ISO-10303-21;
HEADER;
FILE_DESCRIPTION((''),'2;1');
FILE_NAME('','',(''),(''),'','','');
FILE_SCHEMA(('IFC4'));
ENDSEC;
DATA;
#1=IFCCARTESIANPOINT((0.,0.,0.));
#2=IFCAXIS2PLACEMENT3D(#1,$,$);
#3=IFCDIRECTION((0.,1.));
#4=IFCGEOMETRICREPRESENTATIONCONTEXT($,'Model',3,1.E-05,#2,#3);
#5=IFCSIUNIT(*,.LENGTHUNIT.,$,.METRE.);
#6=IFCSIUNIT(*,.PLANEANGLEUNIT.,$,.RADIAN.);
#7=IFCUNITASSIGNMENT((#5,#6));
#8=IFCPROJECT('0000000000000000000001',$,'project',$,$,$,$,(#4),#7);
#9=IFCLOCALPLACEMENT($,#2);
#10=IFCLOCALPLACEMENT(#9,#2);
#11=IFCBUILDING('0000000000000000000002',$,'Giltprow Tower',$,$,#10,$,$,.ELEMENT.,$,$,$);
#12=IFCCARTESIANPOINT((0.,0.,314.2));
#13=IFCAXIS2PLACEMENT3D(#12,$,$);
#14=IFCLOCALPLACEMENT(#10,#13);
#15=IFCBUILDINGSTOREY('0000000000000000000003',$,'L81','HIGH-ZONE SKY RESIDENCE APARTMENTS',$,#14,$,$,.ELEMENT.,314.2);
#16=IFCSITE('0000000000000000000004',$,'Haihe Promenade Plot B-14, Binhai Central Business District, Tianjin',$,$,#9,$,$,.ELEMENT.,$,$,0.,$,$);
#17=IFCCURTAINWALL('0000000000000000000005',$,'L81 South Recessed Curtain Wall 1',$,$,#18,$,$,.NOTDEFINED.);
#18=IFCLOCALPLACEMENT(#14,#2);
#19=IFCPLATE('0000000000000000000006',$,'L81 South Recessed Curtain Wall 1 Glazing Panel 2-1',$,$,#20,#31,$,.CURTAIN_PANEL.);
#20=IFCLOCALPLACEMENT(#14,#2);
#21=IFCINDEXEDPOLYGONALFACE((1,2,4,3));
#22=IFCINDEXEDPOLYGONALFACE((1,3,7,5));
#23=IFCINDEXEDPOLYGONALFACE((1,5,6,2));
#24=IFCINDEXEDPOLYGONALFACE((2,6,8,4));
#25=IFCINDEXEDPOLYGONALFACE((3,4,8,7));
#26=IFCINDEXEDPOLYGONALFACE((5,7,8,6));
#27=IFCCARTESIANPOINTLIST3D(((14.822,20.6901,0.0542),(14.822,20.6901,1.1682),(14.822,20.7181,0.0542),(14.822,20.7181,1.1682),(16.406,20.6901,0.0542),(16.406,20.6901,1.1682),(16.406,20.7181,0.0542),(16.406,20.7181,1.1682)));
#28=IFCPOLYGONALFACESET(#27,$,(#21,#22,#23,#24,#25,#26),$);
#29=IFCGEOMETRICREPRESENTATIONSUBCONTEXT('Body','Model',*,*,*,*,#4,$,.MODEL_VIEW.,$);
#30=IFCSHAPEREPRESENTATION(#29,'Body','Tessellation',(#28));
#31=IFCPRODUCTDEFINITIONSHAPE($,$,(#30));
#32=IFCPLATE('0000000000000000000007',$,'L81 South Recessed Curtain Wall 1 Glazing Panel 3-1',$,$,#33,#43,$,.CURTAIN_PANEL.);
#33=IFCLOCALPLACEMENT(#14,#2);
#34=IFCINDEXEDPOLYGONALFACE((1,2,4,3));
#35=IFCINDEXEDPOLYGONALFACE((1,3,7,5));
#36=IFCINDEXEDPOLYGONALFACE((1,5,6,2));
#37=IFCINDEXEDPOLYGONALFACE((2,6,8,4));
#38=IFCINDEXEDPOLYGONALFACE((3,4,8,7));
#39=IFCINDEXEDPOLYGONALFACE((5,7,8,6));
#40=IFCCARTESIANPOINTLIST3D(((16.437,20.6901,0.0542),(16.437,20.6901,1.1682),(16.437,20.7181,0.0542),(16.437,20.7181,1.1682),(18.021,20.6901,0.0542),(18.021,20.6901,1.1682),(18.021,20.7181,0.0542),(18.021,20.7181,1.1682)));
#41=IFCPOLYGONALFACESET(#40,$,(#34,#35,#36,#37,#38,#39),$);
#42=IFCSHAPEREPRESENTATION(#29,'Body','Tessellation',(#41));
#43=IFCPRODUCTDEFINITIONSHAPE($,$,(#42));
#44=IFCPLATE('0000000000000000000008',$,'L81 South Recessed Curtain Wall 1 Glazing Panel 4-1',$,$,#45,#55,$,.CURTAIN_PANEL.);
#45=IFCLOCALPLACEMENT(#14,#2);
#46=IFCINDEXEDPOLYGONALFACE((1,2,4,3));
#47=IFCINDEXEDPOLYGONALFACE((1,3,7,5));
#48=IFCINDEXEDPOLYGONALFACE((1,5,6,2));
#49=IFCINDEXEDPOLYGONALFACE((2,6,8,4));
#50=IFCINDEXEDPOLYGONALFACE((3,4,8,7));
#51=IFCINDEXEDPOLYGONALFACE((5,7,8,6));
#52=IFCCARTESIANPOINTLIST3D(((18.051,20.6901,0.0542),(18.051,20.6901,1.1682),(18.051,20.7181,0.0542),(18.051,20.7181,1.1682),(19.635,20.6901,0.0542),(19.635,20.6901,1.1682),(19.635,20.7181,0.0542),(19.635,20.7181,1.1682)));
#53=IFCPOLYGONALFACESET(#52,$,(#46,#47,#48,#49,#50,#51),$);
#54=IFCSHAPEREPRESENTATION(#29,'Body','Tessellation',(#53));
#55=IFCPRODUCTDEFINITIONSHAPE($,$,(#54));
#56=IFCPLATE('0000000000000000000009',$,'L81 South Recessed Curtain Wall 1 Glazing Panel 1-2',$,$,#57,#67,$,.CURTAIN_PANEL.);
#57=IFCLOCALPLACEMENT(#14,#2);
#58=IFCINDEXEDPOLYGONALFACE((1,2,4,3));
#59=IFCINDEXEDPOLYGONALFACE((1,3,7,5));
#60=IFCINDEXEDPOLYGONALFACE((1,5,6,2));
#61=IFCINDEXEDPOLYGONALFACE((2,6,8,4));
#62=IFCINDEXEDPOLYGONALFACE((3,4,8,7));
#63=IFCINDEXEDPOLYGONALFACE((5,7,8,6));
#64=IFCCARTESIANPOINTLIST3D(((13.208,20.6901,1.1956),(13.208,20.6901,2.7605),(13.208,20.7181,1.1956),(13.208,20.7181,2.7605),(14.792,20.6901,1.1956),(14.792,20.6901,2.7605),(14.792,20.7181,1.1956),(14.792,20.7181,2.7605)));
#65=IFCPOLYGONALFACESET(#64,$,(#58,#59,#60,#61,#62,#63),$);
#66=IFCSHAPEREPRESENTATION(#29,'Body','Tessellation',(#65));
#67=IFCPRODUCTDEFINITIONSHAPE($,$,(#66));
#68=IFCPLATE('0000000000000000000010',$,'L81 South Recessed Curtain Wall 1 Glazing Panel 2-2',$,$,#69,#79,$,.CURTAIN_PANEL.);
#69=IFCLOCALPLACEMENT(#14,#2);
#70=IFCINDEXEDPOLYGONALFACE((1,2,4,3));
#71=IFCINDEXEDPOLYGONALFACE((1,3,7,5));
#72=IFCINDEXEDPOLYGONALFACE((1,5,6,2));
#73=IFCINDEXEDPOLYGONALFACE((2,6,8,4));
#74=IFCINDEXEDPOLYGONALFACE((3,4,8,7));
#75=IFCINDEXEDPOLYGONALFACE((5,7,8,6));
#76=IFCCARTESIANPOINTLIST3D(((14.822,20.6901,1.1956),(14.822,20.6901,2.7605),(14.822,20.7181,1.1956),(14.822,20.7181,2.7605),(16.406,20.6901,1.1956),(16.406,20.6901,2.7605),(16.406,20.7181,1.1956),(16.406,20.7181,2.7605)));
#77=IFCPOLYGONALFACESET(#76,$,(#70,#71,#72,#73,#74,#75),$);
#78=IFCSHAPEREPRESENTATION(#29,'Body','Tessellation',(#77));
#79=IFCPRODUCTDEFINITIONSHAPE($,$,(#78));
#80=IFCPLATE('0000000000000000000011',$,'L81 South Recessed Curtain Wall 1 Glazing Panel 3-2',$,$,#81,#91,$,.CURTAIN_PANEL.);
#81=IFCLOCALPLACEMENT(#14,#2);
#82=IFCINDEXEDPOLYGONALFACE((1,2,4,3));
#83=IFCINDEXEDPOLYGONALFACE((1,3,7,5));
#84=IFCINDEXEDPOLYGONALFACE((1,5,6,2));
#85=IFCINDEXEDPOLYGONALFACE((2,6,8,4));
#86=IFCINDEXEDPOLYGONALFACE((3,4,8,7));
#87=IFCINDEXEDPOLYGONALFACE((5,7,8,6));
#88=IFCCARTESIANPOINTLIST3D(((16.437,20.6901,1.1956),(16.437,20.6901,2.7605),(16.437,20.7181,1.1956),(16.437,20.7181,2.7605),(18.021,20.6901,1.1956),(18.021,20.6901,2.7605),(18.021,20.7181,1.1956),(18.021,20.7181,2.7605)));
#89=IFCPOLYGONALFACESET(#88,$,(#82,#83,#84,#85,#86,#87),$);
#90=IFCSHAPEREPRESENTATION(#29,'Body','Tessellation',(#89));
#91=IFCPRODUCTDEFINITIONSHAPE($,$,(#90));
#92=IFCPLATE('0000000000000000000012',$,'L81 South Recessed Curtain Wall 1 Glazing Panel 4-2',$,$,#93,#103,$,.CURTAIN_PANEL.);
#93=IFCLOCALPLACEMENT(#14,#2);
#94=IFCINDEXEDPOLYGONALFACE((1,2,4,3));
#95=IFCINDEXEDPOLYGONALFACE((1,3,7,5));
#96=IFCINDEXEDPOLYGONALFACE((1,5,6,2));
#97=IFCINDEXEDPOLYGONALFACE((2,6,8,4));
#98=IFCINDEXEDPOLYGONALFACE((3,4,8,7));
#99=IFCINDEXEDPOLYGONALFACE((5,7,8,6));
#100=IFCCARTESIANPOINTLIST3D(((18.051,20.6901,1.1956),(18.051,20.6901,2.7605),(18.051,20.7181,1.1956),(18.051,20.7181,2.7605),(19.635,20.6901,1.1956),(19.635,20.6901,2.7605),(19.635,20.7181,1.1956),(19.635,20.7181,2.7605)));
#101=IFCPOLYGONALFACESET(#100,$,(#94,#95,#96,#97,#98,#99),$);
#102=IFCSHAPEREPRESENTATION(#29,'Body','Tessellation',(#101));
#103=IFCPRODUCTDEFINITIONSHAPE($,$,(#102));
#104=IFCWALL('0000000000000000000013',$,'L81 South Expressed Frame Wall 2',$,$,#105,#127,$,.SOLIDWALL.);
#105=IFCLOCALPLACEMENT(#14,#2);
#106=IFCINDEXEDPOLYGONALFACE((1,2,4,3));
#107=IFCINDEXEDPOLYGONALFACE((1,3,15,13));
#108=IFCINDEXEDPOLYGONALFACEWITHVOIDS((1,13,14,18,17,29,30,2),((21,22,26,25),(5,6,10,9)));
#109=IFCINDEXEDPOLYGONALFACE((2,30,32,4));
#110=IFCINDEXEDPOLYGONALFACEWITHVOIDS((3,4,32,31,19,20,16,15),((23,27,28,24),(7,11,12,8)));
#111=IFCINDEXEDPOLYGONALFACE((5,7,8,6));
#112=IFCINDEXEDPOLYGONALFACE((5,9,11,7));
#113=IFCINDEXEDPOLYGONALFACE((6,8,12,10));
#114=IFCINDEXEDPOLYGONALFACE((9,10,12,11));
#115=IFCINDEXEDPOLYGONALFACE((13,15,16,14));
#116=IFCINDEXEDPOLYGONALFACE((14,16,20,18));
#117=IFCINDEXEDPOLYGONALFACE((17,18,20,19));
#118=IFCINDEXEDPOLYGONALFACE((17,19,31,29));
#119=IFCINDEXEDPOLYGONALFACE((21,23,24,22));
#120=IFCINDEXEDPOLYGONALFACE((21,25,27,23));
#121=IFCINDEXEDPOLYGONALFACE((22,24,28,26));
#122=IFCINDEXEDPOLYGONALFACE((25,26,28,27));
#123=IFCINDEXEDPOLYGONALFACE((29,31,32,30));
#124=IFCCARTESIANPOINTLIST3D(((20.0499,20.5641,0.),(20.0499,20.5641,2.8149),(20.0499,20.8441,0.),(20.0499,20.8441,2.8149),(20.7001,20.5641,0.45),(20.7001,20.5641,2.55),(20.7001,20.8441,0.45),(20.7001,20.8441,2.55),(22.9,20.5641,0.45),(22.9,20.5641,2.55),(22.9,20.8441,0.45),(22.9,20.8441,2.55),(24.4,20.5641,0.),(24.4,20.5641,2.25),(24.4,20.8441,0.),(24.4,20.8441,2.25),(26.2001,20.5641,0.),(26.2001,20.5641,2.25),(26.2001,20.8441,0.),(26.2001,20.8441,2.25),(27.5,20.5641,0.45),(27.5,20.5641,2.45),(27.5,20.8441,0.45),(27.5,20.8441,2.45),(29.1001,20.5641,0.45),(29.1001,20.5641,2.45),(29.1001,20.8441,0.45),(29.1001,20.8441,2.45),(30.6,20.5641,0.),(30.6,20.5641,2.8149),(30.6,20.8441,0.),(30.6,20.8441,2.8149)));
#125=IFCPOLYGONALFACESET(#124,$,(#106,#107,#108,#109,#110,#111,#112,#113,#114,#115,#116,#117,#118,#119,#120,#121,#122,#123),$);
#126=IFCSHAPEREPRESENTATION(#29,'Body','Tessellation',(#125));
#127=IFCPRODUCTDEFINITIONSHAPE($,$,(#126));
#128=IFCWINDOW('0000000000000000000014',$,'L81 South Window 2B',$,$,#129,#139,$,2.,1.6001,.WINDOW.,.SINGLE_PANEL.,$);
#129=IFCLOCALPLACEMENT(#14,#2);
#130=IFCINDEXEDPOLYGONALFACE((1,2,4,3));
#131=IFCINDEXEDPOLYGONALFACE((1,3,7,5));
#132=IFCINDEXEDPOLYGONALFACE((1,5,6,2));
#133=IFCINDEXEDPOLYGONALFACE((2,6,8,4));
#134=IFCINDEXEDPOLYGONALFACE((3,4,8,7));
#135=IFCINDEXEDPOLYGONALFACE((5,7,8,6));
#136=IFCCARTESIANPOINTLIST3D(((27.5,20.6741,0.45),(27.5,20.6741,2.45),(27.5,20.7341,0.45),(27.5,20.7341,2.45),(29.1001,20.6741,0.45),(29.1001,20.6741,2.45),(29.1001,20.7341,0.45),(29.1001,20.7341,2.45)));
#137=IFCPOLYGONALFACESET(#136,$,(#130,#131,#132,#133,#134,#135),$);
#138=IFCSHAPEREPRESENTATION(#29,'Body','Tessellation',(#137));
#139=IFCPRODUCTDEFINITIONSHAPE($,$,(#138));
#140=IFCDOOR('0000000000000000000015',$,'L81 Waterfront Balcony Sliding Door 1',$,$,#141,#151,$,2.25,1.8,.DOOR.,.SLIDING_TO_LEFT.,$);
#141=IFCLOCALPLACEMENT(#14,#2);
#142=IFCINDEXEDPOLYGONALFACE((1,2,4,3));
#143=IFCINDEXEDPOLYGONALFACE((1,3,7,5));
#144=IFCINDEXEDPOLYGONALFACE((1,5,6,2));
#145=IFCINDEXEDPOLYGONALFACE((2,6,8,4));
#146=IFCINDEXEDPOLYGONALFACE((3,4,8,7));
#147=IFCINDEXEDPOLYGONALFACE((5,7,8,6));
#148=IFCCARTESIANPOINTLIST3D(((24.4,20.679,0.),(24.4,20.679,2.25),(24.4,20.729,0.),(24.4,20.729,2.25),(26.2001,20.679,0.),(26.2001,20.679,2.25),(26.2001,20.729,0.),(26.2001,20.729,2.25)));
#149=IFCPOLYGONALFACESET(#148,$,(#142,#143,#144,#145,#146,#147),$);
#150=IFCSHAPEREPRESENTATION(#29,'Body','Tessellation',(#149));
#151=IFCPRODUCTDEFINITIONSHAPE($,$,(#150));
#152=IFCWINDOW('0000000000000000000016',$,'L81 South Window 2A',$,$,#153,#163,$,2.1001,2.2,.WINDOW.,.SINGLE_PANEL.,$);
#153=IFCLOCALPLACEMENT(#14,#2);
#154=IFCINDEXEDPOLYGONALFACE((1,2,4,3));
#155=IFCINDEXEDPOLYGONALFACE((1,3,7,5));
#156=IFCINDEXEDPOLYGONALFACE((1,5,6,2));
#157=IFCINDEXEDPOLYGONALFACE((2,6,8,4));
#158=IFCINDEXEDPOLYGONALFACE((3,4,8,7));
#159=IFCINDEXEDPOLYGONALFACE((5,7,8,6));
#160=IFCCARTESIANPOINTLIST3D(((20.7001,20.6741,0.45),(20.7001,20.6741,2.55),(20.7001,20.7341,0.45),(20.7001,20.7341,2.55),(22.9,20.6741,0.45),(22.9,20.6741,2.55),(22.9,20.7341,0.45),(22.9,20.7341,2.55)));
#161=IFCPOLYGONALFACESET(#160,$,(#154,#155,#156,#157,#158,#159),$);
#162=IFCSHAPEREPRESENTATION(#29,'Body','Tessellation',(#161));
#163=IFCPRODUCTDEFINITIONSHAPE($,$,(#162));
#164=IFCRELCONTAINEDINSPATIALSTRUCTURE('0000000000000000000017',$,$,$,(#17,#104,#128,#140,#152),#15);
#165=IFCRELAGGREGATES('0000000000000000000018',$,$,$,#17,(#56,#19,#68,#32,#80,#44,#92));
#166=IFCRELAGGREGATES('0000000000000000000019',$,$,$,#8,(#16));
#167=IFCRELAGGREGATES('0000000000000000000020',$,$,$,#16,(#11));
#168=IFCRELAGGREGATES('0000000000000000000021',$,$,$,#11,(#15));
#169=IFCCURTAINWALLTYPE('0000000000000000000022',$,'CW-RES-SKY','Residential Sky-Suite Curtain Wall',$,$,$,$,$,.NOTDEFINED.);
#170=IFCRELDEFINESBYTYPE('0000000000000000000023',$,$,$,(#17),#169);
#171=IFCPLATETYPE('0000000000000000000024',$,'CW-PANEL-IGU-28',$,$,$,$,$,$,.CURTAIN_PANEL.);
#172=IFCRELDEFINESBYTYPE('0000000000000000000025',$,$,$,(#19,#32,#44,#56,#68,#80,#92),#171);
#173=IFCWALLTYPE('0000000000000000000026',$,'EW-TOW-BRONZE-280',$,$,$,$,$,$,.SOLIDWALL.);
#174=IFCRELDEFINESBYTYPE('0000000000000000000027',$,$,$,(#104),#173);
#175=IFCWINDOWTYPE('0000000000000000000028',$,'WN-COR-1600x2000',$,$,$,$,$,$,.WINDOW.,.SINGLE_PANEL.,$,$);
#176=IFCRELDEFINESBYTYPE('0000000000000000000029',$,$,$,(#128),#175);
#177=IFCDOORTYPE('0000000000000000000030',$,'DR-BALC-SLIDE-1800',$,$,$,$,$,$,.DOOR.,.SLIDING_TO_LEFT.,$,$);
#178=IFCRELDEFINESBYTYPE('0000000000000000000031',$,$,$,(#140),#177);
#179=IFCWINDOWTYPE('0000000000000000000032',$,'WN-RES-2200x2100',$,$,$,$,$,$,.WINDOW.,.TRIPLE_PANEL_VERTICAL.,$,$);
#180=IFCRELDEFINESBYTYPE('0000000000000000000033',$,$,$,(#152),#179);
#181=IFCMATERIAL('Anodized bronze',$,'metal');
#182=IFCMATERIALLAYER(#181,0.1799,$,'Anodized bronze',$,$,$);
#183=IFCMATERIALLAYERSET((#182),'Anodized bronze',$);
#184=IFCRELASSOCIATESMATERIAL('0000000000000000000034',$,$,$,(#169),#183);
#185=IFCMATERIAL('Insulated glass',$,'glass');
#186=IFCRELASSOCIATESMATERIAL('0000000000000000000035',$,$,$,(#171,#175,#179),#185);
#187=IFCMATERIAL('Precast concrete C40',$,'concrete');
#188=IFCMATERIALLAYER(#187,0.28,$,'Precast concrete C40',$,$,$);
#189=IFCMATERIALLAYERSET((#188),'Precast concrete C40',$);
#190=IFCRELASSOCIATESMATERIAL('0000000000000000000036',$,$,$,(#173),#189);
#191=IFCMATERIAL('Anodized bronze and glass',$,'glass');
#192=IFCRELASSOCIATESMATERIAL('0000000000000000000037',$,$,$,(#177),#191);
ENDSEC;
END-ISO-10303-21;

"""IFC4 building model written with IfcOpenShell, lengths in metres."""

from ifc_helpers import new_model, si_unit, direction, frame, frame_2d, origin, origin_2d, place, context, subcontext, project, spatial, rectangle, extrude, source, transform, mapped, material, layer, layer_set, type_object, element, fill, aggregate, save


model = new_model("IFC4")

# Units and contexts
model_context = context("Model", 3, precision=1e-05, world=origin(), true_north=direction((0.0, 1.0)))
body_context = subcontext(model_context, "Body", "Model", "MODEL_VIEW")
ifc_project = project(units=[si_unit("LENGTHUNIT", "METRE"), si_unit("PLANEANGLEUNIT", "RADIAN")], contexts=[model_context])

# Site, building, storey
site_placement = place(None, origin())
site = spatial("IfcSite", under=ifc_project, at=site_placement, Name="Haihe Promenade Plot B-14, Binhai Central Business District, Tianjin", CompositionType="ELEMENT", RefElevation=0.0)
building_placement = place(site_placement, origin())
building = spatial("IfcBuilding", under=site, at=building_placement, Name="Giltprow Tower", CompositionType="ELEMENT")
storey_placement = place(building_placement, frame((0.0, 0.0, 314.2)))
storey = spatial("IfcBuildingStorey", under=building, at=storey_placement, Name="L81", Description="HIGH-ZONE SKY RESIDENCE APARTMENTS", CompositionType="ELEMENT", Elevation=314.2)

# Curtain wall
ifc_material_1 = material(Name="Anodized bronze", Category="metal")
ifc_layer_1 = layer(ifc_material_1, 0.1799, Name="Anodized bronze")
ifc_layer_set_1 = layer_set([ifc_layer_1], Name="Anodized bronze")
curtain_wall_type = type_object("IfcCurtainWallType", Name="CW-RES-SKY", Description="Residential Sky-Suite Curtain Wall", PredefinedType="NOTDEFINED", material=ifc_layer_set_1)
curtain_wall_placement = place(storey_placement, origin())
curtain_wall = element("IfcCurtainWall", 1, at=curtain_wall_placement, inside=storey, type_object=curtain_wall_type, Name="L81 South Recessed Curtain Wall 1", PredefinedType="NOTDEFINED")

# Plates
ifc_material_2 = material(Name="Insulated glass", Category="glass")
plate_type = type_object("IfcPlateType", Name="CW-PANEL-IGU-28", PredefinedType="CURTAIN_PANEL", material=ifc_material_2)
shared_shape_1 = source(origin(), body_context, "Body", "SweptSolid", [
    extrude(rectangle(XDim=1.584, YDim=0.0281, at=origin_2d()), origin(), (0.0, 0.0, 1.0), 1.114),
])
plate_1_placement = place(storey_placement, frame((15.614, 20.7041, 0.0542), z_axis=(0.0, 0.0, 1.0), x_axis=(1.0, 0.0, 0.0)))
plate_1 = element("IfcPlate", 2, at=plate_1_placement, type_object=plate_type, Name="L81 South Recessed Curtain Wall 1 Glazing Panel 2-1", PredefinedType="CURTAIN_PANEL", context=body_context, shape_type="MappedRepresentation", body=[
    mapped(shared_shape_1, transform((0.0, 0.0, 0.0), x_axis=(1.0, 0.0, 0.0), y_axis=(0.0, 1.0, 0.0), z_axis=(0.0, 0.0, 1.0), scale=1.0)),
])
plate_2_placement = place(storey_placement, frame((17.229, 20.7041, 0.0542), z_axis=(0.0, 0.0, 1.0), x_axis=(1.0, 0.0, 0.0)))
plate_2 = element("IfcPlate", 3, at=plate_2_placement, type_object=plate_type, Name="L81 South Recessed Curtain Wall 1 Glazing Panel 3-1", PredefinedType="CURTAIN_PANEL", context=body_context, shape_type="MappedRepresentation", body=[
    mapped(shared_shape_1, transform((0.0, 0.0, 0.0), x_axis=(1.0, 0.0, 0.0), y_axis=(0.0, 1.0, 0.0), z_axis=(0.0, 0.0, 1.0), scale=1.0)),
])
plate_3_placement = place(storey_placement, frame((18.843, 20.7041, 0.0542), z_axis=(0.0, 0.0, 1.0), x_axis=(1.0, 0.0, 0.0)))
plate_3 = element("IfcPlate", 4, at=plate_3_placement, type_object=plate_type, Name="L81 South Recessed Curtain Wall 1 Glazing Panel 4-1", PredefinedType="CURTAIN_PANEL", context=body_context, shape_type="MappedRepresentation", body=[
    mapped(shared_shape_1, transform((0.0, 0.0, 0.0), x_axis=(1.0, 0.0, 0.0), y_axis=(0.0, 1.0, 0.0), z_axis=(0.0, 0.0, 1.0), scale=1.0)),
])
shared_shape_2 = source(origin(), body_context, "Body", "SweptSolid", [
    extrude(rectangle(XDim=1.584, YDim=0.0281, at=origin_2d()), origin(), (0.0, 0.0, 1.0), 1.5649),
])
plate_4_placement = place(storey_placement, frame((14.0, 20.7041, 1.1956), z_axis=(0.0, 0.0, 1.0), x_axis=(1.0, 0.0, 0.0)))
plate_4 = element("IfcPlate", 5, at=plate_4_placement, type_object=plate_type, Name="L81 South Recessed Curtain Wall 1 Glazing Panel 1-2", PredefinedType="CURTAIN_PANEL", context=body_context, shape_type="MappedRepresentation", body=[
    mapped(shared_shape_2, transform((0.0, 0.0, 0.0), x_axis=(1.0, 0.0, 0.0), y_axis=(0.0, 1.0, 0.0), z_axis=(0.0, 0.0, 1.0), scale=1.0)),
])
plate_5_placement = place(storey_placement, frame((15.614, 20.7041, 1.1956), z_axis=(0.0, 0.0, 1.0), x_axis=(1.0, 0.0, 0.0)))
plate_5 = element("IfcPlate", 6, at=plate_5_placement, type_object=plate_type, Name="L81 South Recessed Curtain Wall 1 Glazing Panel 2-2", PredefinedType="CURTAIN_PANEL", context=body_context, shape_type="MappedRepresentation", body=[
    mapped(shared_shape_2, transform((0.0, 0.0, 0.0), x_axis=(1.0, 0.0, 0.0), y_axis=(0.0, 1.0, 0.0), z_axis=(0.0, 0.0, 1.0), scale=1.0)),
])
plate_6_placement = place(storey_placement, frame((17.229, 20.7041, 1.1956), z_axis=(0.0, 0.0, 1.0), x_axis=(1.0, 0.0, 0.0)))
plate_6 = element("IfcPlate", 7, at=plate_6_placement, type_object=plate_type, Name="L81 South Recessed Curtain Wall 1 Glazing Panel 3-2", PredefinedType="CURTAIN_PANEL", context=body_context, shape_type="MappedRepresentation", body=[
    mapped(shared_shape_2, transform((0.0, 0.0, 0.0), x_axis=(1.0, 0.0, 0.0), y_axis=(0.0, 1.0, 0.0), z_axis=(0.0, 0.0, 1.0), scale=1.0)),
])
plate_7_placement = place(storey_placement, frame((18.843, 20.7041, 1.1956), z_axis=(0.0, 0.0, 1.0), x_axis=(1.0, 0.0, 0.0)))
plate_7 = element("IfcPlate", 8, at=plate_7_placement, type_object=plate_type, Name="L81 South Recessed Curtain Wall 1 Glazing Panel 4-2", PredefinedType="CURTAIN_PANEL", context=body_context, shape_type="MappedRepresentation", body=[
    mapped(shared_shape_2, transform((0.0, 0.0, 0.0), x_axis=(1.0, 0.0, 0.0), y_axis=(0.0, 1.0, 0.0), z_axis=(0.0, 0.0, 1.0), scale=1.0)),
])
aggregate(curtain_wall, [plate_4, plate_1, plate_5, plate_2, plate_6, plate_3, plate_7])

# Wall, openings, windows, door
ifc_material_3 = material(Name="Precast concrete C40", Category="concrete")
ifc_layer_2 = layer(ifc_material_3, 0.28, Name="Precast concrete C40")
ifc_layer_set_2 = layer_set([ifc_layer_2], Name="Precast concrete C40")
wall_type_1 = type_object("IfcWallType", Name="EW-TOW-BRONZE-280", PredefinedType="SOLIDWALL", material=ifc_layer_set_2)
wall_1_placement = place(storey_placement, frame((20.05, 20.7041, 0.0), z_axis=(0.0, 0.0, 1.0), x_axis=(1.0, 0.0, 0.0)))
wall_1 = element("IfcWall", 9, at=wall_1_placement, inside=storey, type_object=wall_type_1, Name="L81 South Expressed Frame Wall 2", PredefinedType="SOLIDWALL", context=body_context, shape_type="SweptSolid", body=[
    extrude(rectangle(XDim=10.55, YDim=0.28, at=frame_2d((5.2749, 0.0))), origin(), (0.0, 0.0, 1.0), 2.8149),
])
opening_1_placement = place(wall_1_placement, frame((4.3501, 0.0, 0.0)))
opening_1 = element("IfcOpeningElement", 10, at=opening_1_placement, cuts=wall_1, PredefinedType="OPENING", context=body_context, shape_type="SweptSolid", body=[
    extrude(rectangle(XDim=1.8, YDim=2.25, at=frame_2d((0.8999, 1.125))), frame((0.0, 0.1499, 0.0), z_axis=(0.0, -1.0, 0.0), x_axis=(1.0, 0.0, 0.0)), (0.0, 0.0, 1.0), 0.3),
])
opening_2_placement = place(wall_1_placement, frame((0.6499, 0.0, 0.45)))
opening_2 = element("IfcOpeningElement", 11, at=opening_2_placement, cuts=wall_1, PredefinedType="OPENING", context=body_context, shape_type="SweptSolid", body=[
    extrude(rectangle(XDim=2.2, YDim=2.1001, at=frame_2d((1.1001, 1.05))), frame((0.0, 0.1499, 0.0), z_axis=(0.0, -1.0, 0.0), x_axis=(1.0, 0.0, 0.0)), (0.0, 0.0, 1.0), 0.3),
])
opening_3_placement = place(wall_1_placement, frame((7.45, 0.0, 0.45)))
opening_3 = element("IfcOpeningElement", 12, at=opening_3_placement, cuts=wall_1, PredefinedType="OPENING", context=body_context, shape_type="SweptSolid", body=[
    extrude(rectangle(XDim=1.6001, YDim=2.0, at=frame_2d((0.8, 1.0))), frame((0.0, 0.1499, 0.0), z_axis=(0.0, -1.0, 0.0), x_axis=(1.0, 0.0, 0.0)), (0.0, 0.0, 1.0), 0.3),
])
window_type_1 = type_object("IfcWindowType", Name="WN-COR-1600x2000", PartitioningType="SINGLE_PANEL", PredefinedType="WINDOW", material=ifc_material_2)
shared_shape_3 = source(origin(), body_context, "Body", "SweptSolid", [
    extrude(rectangle(XDim=1.6001, YDim=2.0, at=frame_2d((0.8, 1.0))), frame((0.0, 0.03, 0.0), z_axis=(0.0, -1.0, 0.0), x_axis=(1.0, 0.0, 0.0)), (0.0, 0.0, 1.0), 0.0601),
])
window_1_placement = place(opening_3_placement, origin())
window_1 = element("IfcWindow", 13, at=window_1_placement, inside=storey, type_object=window_type_1, Name="L81 South Window 2B", OverallHeight=2.0, OverallWidth=1.6001, PartitioningType="SINGLE_PANEL", PredefinedType="WINDOW", context=body_context, shape_type="MappedRepresentation", body=[
    mapped(shared_shape_3, transform((0.0, 0.0, 0.0), x_axis=(1.0, 0.0, 0.0), y_axis=(0.0, 1.0, 0.0), z_axis=(0.0, 0.0, 1.0), scale=1.0)),
])
fill(opening_3, window_1)
ifc_material_4 = material(Name="Anodized bronze and glass", Category="glass")
door_type_1 = type_object("IfcDoorType", Name="DR-BALC-SLIDE-1800", OperationType="SLIDING_TO_LEFT", PredefinedType="DOOR", material=ifc_material_4)
shared_shape_4 = source(origin(), body_context, "Body", "SweptSolid", [
    extrude(rectangle(XDim=1.8, YDim=2.25, at=frame_2d((0.8999, 1.125))), frame((0.0, 0.0249, 0.0), z_axis=(0.0, -1.0, 0.0), x_axis=(1.0, 0.0, 0.0)), (0.0, 0.0, 1.0), 0.05),
])
door_1_placement = place(opening_1_placement, origin())
door_1 = element("IfcDoor", 14, at=door_1_placement, inside=storey, type_object=door_type_1, Name="L81 Waterfront Balcony Sliding Door 1", OperationType="SLIDING_TO_LEFT", OverallHeight=2.25, OverallWidth=1.8, PredefinedType="DOOR", context=body_context, shape_type="MappedRepresentation", body=[
    mapped(shared_shape_4, transform((0.0, 0.0, 0.0), x_axis=(1.0, 0.0, 0.0), y_axis=(0.0, 1.0, 0.0), z_axis=(0.0, 0.0, 1.0), scale=1.0)),
])
fill(opening_1, door_1)
window_type_2 = type_object("IfcWindowType", Name="WN-RES-2200x2100", PartitioningType="TRIPLE_PANEL_VERTICAL", PredefinedType="WINDOW", material=ifc_material_2)
shared_shape_5 = source(origin(), body_context, "Body", "SweptSolid", [
    extrude(rectangle(XDim=2.2, YDim=2.1001, at=frame_2d((1.1001, 1.05))), frame((0.0, 0.03, 0.0), z_axis=(0.0, -1.0, 0.0), x_axis=(1.0, 0.0, 0.0)), (0.0, 0.0, 1.0), 0.0601),
])
window_2_placement = place(opening_2_placement, origin())
window_2 = element("IfcWindow", 15, at=window_2_placement, inside=storey, type_object=window_type_2, Name="L81 South Window 2A", OverallHeight=2.1001, OverallWidth=2.2, PartitioningType="SINGLE_PANEL", PredefinedType="WINDOW", context=body_context, shape_type="MappedRepresentation", body=[
    mapped(shared_shape_5, transform((0.0, 0.0, 0.0), x_axis=(1.0, 0.0, 0.0), y_axis=(0.0, 1.0, 0.0), z_axis=(0.0, 0.0, 1.0), scale=1.0)),
])
fill(opening_2, window_2)

save(model, "model.ifc")
